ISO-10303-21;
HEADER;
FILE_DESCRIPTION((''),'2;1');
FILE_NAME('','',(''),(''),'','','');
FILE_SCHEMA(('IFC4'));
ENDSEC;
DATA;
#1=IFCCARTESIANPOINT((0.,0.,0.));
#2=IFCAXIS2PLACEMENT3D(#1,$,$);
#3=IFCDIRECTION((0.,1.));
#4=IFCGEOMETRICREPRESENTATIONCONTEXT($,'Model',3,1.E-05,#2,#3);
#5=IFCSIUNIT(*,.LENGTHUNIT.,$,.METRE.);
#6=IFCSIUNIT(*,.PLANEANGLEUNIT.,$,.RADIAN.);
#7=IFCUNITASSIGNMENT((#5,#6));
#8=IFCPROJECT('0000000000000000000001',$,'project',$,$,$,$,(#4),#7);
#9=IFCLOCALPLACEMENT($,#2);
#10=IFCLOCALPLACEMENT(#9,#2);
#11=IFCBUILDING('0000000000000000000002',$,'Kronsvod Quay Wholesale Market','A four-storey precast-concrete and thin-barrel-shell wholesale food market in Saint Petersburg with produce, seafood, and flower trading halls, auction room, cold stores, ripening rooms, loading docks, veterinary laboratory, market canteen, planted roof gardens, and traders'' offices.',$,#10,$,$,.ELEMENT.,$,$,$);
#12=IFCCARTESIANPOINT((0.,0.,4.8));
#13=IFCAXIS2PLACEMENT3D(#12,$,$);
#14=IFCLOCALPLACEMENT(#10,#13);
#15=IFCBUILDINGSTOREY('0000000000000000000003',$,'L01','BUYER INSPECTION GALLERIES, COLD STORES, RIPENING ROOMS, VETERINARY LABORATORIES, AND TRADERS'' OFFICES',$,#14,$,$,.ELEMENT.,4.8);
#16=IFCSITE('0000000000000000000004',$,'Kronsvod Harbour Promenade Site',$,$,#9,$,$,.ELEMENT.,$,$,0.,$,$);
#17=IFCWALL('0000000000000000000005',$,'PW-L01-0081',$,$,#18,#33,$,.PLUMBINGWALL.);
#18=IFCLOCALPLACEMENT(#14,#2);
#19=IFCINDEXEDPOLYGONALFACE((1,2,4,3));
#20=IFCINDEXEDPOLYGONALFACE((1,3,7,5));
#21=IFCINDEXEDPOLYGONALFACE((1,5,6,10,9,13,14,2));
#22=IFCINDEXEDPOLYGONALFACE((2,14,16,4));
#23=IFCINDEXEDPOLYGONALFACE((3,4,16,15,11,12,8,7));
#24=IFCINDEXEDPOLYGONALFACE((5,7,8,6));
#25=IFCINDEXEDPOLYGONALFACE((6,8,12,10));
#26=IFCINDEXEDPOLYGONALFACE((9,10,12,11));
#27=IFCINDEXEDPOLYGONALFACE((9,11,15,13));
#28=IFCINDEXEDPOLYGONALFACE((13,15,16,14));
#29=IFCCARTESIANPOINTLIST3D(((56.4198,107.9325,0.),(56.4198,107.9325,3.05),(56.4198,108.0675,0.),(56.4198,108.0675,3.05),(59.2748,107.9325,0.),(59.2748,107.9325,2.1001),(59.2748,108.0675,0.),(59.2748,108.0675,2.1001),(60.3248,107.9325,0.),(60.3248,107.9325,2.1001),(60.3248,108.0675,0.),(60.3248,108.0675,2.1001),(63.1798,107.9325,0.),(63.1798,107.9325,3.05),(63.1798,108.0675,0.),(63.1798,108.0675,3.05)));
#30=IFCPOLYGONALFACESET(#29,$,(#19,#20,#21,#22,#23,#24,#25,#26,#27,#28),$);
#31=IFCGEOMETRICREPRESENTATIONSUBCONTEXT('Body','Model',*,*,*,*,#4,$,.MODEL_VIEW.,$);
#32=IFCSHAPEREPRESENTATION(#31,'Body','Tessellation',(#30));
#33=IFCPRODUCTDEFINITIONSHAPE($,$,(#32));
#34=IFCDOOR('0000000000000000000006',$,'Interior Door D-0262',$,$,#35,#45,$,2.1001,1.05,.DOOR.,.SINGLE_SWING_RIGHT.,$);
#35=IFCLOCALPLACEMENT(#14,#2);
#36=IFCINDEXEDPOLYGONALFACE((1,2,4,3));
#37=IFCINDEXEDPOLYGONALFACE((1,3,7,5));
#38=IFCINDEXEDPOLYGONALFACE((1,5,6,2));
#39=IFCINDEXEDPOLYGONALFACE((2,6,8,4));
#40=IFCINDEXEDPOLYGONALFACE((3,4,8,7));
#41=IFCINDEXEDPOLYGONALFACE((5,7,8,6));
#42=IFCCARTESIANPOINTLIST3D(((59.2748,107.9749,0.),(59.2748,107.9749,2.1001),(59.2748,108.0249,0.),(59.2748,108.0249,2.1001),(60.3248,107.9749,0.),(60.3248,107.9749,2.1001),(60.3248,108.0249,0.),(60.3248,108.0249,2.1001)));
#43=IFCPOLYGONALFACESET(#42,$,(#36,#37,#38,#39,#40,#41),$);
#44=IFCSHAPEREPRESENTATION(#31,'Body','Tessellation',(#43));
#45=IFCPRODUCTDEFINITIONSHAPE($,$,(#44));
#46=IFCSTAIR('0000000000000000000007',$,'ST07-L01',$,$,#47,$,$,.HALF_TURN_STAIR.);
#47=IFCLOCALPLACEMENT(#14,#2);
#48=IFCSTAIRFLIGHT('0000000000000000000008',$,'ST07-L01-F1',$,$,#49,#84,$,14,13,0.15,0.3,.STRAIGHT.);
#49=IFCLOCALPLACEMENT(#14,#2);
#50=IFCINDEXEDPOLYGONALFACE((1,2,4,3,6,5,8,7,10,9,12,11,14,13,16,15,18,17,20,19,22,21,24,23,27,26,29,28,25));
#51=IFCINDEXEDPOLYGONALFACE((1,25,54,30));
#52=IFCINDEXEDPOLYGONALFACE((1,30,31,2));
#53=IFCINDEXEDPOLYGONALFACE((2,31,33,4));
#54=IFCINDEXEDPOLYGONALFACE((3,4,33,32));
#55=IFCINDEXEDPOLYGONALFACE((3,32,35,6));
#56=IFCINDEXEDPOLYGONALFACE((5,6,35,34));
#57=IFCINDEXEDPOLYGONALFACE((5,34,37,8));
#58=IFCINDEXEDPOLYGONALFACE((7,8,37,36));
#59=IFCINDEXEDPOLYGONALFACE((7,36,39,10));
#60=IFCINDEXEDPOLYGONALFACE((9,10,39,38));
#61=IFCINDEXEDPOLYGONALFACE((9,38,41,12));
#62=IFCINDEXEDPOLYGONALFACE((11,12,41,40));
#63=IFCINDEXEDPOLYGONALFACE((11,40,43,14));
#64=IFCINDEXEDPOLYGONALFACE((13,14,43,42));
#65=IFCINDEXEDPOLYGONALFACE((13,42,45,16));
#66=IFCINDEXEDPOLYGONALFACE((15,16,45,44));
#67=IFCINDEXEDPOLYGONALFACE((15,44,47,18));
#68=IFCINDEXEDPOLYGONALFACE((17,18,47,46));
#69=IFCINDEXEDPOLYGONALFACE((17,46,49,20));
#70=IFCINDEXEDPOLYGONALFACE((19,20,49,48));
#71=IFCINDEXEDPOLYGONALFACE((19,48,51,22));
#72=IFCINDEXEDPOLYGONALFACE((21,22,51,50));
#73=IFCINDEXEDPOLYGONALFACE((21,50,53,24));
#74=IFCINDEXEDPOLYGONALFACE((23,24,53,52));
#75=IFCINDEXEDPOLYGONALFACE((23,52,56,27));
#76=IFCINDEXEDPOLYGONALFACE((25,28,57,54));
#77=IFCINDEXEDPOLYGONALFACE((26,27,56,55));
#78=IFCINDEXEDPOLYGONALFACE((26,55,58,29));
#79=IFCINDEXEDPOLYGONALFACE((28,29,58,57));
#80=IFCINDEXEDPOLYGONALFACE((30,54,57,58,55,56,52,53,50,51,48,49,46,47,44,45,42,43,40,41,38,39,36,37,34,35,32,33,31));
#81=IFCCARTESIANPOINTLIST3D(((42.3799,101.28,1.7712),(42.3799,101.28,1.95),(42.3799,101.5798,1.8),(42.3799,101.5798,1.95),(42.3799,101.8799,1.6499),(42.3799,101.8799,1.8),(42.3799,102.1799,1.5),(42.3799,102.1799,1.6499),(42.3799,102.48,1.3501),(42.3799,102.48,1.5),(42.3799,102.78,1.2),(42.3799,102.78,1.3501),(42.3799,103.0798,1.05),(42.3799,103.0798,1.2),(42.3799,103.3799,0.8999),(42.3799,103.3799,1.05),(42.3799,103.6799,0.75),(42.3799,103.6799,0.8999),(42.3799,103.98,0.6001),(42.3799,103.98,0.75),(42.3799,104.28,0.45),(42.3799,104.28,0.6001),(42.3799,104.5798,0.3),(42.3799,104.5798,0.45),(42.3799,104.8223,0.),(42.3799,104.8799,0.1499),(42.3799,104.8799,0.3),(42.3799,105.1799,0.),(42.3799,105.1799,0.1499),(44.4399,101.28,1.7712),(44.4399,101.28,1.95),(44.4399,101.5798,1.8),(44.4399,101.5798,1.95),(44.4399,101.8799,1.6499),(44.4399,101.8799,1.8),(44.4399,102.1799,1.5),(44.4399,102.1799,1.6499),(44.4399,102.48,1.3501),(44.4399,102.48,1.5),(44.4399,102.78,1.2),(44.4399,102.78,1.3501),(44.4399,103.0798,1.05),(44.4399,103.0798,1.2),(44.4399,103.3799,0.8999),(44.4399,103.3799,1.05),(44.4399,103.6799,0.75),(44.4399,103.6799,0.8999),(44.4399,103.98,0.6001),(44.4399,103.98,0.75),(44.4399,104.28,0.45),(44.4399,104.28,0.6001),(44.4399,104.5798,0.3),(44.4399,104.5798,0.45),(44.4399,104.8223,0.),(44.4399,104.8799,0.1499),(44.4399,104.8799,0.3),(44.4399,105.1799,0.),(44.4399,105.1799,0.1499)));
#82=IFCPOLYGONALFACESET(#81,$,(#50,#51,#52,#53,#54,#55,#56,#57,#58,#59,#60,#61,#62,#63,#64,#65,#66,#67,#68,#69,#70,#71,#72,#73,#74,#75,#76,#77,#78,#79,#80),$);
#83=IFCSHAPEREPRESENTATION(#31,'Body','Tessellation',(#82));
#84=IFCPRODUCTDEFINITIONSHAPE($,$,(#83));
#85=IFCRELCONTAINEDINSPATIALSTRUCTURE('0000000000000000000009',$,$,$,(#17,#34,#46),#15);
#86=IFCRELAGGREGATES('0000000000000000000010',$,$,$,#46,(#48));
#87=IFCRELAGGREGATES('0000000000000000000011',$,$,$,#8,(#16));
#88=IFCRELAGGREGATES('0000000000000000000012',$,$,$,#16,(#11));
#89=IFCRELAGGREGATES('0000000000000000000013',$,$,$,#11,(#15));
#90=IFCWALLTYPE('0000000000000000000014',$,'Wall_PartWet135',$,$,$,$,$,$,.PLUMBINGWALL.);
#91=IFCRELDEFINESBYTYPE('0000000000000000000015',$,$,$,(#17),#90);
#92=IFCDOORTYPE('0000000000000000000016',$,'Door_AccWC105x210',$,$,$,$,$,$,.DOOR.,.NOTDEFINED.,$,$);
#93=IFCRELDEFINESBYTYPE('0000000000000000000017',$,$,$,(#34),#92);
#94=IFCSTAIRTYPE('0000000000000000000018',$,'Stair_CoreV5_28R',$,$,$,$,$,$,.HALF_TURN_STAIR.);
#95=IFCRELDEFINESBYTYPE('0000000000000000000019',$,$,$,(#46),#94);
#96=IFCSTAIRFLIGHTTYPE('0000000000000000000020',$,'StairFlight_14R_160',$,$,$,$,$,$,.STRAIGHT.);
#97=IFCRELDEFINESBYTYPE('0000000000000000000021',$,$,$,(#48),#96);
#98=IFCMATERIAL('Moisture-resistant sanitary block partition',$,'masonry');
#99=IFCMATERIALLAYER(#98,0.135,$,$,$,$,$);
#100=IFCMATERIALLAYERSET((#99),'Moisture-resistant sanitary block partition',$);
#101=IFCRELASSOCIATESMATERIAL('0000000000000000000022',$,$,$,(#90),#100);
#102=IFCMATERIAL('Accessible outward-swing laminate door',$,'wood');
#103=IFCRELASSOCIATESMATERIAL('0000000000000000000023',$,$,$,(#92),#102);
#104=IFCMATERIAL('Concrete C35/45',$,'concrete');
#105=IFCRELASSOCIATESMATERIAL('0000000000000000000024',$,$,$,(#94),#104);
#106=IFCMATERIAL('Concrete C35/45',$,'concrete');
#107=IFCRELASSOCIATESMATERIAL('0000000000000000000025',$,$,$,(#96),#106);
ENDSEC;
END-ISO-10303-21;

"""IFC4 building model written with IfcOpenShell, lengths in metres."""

from ifc_helpers import new_model, si_unit, direction, frame, frame_2d, origin, place, context, subcontext, project, spatial, polyline, rectangle, outline, extrude, material, layer, layer_set, type_object, element, fill, aggregate, save


model = new_model("IFC4")

# Units and contexts
model_context = context("Model", 3, precision=1e-05, world=origin(), true_north=direction((0.0, 1.0)))
body_context = subcontext(model_context, "Body", "Model", "MODEL_VIEW")
ifc_project = project(units=[si_unit("LENGTHUNIT", "METRE"), si_unit("PLANEANGLEUNIT", "RADIAN")], contexts=[model_context])

# Site, building, storey
site_placement = place(None, origin())
site = spatial("IfcSite", under=ifc_project, at=site_placement, Name="Kronsvod Harbour Promenade Site", CompositionType="ELEMENT", RefElevation=0.0)
building_placement = place(site_placement, origin())
building = spatial("IfcBuilding", under=site, at=building_placement, Name="Kronsvod Quay Wholesale Market", Description="A four-storey precast-concrete and thin-barrel-shell wholesale food market in Saint Petersburg with produce, seafood, and flower trading halls, auction room, cold stores, ripening rooms, loading docks, veterinary laboratory, market canteen, planted roof gardens, and traders' offices.", CompositionType="ELEMENT")
storey_placement = place(building_placement, frame((0.0, 0.0, 4.8)))
storey = spatial("IfcBuildingStorey", under=building, at=storey_placement, Name="L01", Description="BUYER INSPECTION GALLERIES, COLD STORES, RIPENING ROOMS, VETERINARY LABORATORIES, AND TRADERS' OFFICES", CompositionType="ELEMENT", Elevation=4.8)

# Wall, opening, door
ifc_material_1 = material(Name="Moisture-resistant sanitary block partition", Category="masonry")
ifc_layer_1 = layer(ifc_material_1, 0.135)
ifc_layer_set_1 = layer_set([ifc_layer_1], Name="Moisture-resistant sanitary block partition")
wall_type_1 = type_object("IfcWallType", Name="Wall_PartWet135", PredefinedType="PLUMBINGWALL", material=ifc_layer_set_1)
wall_1_placement = place(storey_placement, frame((56.4199, 108.0, 0.0), z_axis=(0.0, 0.0, 1.0), x_axis=(1.0, 0.0, 0.0)))
wall_1 = element("IfcWall", 1, at=wall_1_placement, inside=storey, type_object=wall_type_1, Name="PW-L01-0081", PredefinedType="PLUMBINGWALL", context=body_context, shape_type="SweptSolid", body=[
    extrude(rectangle(XDim=6.76, YDim=0.135, at=frame_2d((3.3799, 0.0))), origin(), (0.0, 0.0, 1.0), 3.05),
])
opening_1_placement = place(wall_1_placement, frame((2.855, 0.0, 0.0)))
opening_1 = element("IfcOpeningElement", 2, at=opening_1_placement, cuts=wall_1, PredefinedType="OPENING", context=body_context, shape_type="SweptSolid", body=[
    extrude(rectangle(XDim=1.05, YDim=2.1001, at=frame_2d((0.5249, 1.05))), frame((0.0, 0.0776, 0.0), z_axis=(0.0, -1.0, 0.0), x_axis=(1.0, 0.0, 0.0)), (0.0, 0.0, 1.0), 0.155),
])
ifc_material_2 = material(Name="Accessible outward-swing laminate door", Category="wood")
door_type_1 = type_object("IfcDoorType", Name="Door_AccWC105x210", OperationType="NOTDEFINED", PredefinedType="DOOR", material=ifc_material_2)
door_1_placement = place(opening_1_placement, origin())
door_1 = element("IfcDoor", 3, at=door_1_placement, inside=storey, type_object=door_type_1, Name="Interior Door D-0262", OperationType="SINGLE_SWING_RIGHT", OverallHeight=2.1001, OverallWidth=1.05, PredefinedType="DOOR", context=body_context, shape_type="SweptSolid", body=[
    extrude(rectangle(XDim=1.05, YDim=2.1001, at=frame_2d((0.5249, 1.05))), frame((0.0, 0.0249, 0.0), z_axis=(0.0, -1.0, 0.0), x_axis=(1.0, 0.0, 0.0)), (0.0, 0.0, 1.0), 0.05),
])
fill(opening_1, door_1)

# Stair, stair flight
ifc_material_3 = material(Name="Concrete C35/45", Category="concrete")
stair_type = type_object("IfcStairType", Name="Stair_CoreV5_28R", PredefinedType="HALF_TURN_STAIR", material=ifc_material_3)
stair_placement = place(storey_placement, origin())
stair = element("IfcStair", 4, at=stair_placement, inside=storey, type_object=stair_type, Name="ST07-L01", PredefinedType="HALF_TURN_STAIR")
ifc_material_4 = material(Name="Concrete C35/45", Category="concrete")
stair_flight_type = type_object("IfcStairFlightType", Name="StairFlight_14R_160", PredefinedType="STRAIGHT", material=ifc_material_4)
stair_flight_placement = place(storey_placement, frame((43.4099, 105.1799, 0.0), z_axis=(0.0, 0.0, 1.0), x_axis=(0.0, -1.0, 0.0)))
stair_flight = element("IfcStairFlight", 5, at=stair_flight_placement, type_object=stair_flight_type, Name="ST07-L01-F1", NumberOfRisers=14, NumberOfTreads=13, PredefinedType="STRAIGHT", RiserHeight=0.15, TreadLength=0.3, context=body_context, shape_type="SweptSolid", body=[
    extrude(outline(polyline([(0.0, 0.0), (0.0, 0.1499), (0.3, 0.1499), (0.3, 0.3), (0.6001, 0.3), (0.6001, 0.45), (0.8999, 0.45), (0.8999, 0.6001), (1.2, 0.6001), (1.2, 0.75), (1.5, 0.75), (1.5, 0.8999), (1.8, 0.8999), (1.8, 1.05), (2.1001, 1.05), (2.1001, 1.2), (2.3999, 1.2), (2.3999, 1.3501), (2.7, 1.3501), (2.7, 1.5), (3.0, 1.5), (3.0, 1.6499), (3.3, 1.6499), (3.3, 1.8), (3.6001, 1.8), (3.6001, 1.95), (3.8999, 1.95), (3.8999, 2.1001), (3.8999, 1.7712), (0.3577, 0.0), (0.0, 0.0)])), frame((0.0, 1.03, 0.0), z_axis=(0.0, -1.0, 0.0), x_axis=(1.0, 0.0, 0.0)), (0.0, 0.0, 1.0), 2.0601),
])
aggregate(stair, [stair_flight])

save(model, "model.ifc")
